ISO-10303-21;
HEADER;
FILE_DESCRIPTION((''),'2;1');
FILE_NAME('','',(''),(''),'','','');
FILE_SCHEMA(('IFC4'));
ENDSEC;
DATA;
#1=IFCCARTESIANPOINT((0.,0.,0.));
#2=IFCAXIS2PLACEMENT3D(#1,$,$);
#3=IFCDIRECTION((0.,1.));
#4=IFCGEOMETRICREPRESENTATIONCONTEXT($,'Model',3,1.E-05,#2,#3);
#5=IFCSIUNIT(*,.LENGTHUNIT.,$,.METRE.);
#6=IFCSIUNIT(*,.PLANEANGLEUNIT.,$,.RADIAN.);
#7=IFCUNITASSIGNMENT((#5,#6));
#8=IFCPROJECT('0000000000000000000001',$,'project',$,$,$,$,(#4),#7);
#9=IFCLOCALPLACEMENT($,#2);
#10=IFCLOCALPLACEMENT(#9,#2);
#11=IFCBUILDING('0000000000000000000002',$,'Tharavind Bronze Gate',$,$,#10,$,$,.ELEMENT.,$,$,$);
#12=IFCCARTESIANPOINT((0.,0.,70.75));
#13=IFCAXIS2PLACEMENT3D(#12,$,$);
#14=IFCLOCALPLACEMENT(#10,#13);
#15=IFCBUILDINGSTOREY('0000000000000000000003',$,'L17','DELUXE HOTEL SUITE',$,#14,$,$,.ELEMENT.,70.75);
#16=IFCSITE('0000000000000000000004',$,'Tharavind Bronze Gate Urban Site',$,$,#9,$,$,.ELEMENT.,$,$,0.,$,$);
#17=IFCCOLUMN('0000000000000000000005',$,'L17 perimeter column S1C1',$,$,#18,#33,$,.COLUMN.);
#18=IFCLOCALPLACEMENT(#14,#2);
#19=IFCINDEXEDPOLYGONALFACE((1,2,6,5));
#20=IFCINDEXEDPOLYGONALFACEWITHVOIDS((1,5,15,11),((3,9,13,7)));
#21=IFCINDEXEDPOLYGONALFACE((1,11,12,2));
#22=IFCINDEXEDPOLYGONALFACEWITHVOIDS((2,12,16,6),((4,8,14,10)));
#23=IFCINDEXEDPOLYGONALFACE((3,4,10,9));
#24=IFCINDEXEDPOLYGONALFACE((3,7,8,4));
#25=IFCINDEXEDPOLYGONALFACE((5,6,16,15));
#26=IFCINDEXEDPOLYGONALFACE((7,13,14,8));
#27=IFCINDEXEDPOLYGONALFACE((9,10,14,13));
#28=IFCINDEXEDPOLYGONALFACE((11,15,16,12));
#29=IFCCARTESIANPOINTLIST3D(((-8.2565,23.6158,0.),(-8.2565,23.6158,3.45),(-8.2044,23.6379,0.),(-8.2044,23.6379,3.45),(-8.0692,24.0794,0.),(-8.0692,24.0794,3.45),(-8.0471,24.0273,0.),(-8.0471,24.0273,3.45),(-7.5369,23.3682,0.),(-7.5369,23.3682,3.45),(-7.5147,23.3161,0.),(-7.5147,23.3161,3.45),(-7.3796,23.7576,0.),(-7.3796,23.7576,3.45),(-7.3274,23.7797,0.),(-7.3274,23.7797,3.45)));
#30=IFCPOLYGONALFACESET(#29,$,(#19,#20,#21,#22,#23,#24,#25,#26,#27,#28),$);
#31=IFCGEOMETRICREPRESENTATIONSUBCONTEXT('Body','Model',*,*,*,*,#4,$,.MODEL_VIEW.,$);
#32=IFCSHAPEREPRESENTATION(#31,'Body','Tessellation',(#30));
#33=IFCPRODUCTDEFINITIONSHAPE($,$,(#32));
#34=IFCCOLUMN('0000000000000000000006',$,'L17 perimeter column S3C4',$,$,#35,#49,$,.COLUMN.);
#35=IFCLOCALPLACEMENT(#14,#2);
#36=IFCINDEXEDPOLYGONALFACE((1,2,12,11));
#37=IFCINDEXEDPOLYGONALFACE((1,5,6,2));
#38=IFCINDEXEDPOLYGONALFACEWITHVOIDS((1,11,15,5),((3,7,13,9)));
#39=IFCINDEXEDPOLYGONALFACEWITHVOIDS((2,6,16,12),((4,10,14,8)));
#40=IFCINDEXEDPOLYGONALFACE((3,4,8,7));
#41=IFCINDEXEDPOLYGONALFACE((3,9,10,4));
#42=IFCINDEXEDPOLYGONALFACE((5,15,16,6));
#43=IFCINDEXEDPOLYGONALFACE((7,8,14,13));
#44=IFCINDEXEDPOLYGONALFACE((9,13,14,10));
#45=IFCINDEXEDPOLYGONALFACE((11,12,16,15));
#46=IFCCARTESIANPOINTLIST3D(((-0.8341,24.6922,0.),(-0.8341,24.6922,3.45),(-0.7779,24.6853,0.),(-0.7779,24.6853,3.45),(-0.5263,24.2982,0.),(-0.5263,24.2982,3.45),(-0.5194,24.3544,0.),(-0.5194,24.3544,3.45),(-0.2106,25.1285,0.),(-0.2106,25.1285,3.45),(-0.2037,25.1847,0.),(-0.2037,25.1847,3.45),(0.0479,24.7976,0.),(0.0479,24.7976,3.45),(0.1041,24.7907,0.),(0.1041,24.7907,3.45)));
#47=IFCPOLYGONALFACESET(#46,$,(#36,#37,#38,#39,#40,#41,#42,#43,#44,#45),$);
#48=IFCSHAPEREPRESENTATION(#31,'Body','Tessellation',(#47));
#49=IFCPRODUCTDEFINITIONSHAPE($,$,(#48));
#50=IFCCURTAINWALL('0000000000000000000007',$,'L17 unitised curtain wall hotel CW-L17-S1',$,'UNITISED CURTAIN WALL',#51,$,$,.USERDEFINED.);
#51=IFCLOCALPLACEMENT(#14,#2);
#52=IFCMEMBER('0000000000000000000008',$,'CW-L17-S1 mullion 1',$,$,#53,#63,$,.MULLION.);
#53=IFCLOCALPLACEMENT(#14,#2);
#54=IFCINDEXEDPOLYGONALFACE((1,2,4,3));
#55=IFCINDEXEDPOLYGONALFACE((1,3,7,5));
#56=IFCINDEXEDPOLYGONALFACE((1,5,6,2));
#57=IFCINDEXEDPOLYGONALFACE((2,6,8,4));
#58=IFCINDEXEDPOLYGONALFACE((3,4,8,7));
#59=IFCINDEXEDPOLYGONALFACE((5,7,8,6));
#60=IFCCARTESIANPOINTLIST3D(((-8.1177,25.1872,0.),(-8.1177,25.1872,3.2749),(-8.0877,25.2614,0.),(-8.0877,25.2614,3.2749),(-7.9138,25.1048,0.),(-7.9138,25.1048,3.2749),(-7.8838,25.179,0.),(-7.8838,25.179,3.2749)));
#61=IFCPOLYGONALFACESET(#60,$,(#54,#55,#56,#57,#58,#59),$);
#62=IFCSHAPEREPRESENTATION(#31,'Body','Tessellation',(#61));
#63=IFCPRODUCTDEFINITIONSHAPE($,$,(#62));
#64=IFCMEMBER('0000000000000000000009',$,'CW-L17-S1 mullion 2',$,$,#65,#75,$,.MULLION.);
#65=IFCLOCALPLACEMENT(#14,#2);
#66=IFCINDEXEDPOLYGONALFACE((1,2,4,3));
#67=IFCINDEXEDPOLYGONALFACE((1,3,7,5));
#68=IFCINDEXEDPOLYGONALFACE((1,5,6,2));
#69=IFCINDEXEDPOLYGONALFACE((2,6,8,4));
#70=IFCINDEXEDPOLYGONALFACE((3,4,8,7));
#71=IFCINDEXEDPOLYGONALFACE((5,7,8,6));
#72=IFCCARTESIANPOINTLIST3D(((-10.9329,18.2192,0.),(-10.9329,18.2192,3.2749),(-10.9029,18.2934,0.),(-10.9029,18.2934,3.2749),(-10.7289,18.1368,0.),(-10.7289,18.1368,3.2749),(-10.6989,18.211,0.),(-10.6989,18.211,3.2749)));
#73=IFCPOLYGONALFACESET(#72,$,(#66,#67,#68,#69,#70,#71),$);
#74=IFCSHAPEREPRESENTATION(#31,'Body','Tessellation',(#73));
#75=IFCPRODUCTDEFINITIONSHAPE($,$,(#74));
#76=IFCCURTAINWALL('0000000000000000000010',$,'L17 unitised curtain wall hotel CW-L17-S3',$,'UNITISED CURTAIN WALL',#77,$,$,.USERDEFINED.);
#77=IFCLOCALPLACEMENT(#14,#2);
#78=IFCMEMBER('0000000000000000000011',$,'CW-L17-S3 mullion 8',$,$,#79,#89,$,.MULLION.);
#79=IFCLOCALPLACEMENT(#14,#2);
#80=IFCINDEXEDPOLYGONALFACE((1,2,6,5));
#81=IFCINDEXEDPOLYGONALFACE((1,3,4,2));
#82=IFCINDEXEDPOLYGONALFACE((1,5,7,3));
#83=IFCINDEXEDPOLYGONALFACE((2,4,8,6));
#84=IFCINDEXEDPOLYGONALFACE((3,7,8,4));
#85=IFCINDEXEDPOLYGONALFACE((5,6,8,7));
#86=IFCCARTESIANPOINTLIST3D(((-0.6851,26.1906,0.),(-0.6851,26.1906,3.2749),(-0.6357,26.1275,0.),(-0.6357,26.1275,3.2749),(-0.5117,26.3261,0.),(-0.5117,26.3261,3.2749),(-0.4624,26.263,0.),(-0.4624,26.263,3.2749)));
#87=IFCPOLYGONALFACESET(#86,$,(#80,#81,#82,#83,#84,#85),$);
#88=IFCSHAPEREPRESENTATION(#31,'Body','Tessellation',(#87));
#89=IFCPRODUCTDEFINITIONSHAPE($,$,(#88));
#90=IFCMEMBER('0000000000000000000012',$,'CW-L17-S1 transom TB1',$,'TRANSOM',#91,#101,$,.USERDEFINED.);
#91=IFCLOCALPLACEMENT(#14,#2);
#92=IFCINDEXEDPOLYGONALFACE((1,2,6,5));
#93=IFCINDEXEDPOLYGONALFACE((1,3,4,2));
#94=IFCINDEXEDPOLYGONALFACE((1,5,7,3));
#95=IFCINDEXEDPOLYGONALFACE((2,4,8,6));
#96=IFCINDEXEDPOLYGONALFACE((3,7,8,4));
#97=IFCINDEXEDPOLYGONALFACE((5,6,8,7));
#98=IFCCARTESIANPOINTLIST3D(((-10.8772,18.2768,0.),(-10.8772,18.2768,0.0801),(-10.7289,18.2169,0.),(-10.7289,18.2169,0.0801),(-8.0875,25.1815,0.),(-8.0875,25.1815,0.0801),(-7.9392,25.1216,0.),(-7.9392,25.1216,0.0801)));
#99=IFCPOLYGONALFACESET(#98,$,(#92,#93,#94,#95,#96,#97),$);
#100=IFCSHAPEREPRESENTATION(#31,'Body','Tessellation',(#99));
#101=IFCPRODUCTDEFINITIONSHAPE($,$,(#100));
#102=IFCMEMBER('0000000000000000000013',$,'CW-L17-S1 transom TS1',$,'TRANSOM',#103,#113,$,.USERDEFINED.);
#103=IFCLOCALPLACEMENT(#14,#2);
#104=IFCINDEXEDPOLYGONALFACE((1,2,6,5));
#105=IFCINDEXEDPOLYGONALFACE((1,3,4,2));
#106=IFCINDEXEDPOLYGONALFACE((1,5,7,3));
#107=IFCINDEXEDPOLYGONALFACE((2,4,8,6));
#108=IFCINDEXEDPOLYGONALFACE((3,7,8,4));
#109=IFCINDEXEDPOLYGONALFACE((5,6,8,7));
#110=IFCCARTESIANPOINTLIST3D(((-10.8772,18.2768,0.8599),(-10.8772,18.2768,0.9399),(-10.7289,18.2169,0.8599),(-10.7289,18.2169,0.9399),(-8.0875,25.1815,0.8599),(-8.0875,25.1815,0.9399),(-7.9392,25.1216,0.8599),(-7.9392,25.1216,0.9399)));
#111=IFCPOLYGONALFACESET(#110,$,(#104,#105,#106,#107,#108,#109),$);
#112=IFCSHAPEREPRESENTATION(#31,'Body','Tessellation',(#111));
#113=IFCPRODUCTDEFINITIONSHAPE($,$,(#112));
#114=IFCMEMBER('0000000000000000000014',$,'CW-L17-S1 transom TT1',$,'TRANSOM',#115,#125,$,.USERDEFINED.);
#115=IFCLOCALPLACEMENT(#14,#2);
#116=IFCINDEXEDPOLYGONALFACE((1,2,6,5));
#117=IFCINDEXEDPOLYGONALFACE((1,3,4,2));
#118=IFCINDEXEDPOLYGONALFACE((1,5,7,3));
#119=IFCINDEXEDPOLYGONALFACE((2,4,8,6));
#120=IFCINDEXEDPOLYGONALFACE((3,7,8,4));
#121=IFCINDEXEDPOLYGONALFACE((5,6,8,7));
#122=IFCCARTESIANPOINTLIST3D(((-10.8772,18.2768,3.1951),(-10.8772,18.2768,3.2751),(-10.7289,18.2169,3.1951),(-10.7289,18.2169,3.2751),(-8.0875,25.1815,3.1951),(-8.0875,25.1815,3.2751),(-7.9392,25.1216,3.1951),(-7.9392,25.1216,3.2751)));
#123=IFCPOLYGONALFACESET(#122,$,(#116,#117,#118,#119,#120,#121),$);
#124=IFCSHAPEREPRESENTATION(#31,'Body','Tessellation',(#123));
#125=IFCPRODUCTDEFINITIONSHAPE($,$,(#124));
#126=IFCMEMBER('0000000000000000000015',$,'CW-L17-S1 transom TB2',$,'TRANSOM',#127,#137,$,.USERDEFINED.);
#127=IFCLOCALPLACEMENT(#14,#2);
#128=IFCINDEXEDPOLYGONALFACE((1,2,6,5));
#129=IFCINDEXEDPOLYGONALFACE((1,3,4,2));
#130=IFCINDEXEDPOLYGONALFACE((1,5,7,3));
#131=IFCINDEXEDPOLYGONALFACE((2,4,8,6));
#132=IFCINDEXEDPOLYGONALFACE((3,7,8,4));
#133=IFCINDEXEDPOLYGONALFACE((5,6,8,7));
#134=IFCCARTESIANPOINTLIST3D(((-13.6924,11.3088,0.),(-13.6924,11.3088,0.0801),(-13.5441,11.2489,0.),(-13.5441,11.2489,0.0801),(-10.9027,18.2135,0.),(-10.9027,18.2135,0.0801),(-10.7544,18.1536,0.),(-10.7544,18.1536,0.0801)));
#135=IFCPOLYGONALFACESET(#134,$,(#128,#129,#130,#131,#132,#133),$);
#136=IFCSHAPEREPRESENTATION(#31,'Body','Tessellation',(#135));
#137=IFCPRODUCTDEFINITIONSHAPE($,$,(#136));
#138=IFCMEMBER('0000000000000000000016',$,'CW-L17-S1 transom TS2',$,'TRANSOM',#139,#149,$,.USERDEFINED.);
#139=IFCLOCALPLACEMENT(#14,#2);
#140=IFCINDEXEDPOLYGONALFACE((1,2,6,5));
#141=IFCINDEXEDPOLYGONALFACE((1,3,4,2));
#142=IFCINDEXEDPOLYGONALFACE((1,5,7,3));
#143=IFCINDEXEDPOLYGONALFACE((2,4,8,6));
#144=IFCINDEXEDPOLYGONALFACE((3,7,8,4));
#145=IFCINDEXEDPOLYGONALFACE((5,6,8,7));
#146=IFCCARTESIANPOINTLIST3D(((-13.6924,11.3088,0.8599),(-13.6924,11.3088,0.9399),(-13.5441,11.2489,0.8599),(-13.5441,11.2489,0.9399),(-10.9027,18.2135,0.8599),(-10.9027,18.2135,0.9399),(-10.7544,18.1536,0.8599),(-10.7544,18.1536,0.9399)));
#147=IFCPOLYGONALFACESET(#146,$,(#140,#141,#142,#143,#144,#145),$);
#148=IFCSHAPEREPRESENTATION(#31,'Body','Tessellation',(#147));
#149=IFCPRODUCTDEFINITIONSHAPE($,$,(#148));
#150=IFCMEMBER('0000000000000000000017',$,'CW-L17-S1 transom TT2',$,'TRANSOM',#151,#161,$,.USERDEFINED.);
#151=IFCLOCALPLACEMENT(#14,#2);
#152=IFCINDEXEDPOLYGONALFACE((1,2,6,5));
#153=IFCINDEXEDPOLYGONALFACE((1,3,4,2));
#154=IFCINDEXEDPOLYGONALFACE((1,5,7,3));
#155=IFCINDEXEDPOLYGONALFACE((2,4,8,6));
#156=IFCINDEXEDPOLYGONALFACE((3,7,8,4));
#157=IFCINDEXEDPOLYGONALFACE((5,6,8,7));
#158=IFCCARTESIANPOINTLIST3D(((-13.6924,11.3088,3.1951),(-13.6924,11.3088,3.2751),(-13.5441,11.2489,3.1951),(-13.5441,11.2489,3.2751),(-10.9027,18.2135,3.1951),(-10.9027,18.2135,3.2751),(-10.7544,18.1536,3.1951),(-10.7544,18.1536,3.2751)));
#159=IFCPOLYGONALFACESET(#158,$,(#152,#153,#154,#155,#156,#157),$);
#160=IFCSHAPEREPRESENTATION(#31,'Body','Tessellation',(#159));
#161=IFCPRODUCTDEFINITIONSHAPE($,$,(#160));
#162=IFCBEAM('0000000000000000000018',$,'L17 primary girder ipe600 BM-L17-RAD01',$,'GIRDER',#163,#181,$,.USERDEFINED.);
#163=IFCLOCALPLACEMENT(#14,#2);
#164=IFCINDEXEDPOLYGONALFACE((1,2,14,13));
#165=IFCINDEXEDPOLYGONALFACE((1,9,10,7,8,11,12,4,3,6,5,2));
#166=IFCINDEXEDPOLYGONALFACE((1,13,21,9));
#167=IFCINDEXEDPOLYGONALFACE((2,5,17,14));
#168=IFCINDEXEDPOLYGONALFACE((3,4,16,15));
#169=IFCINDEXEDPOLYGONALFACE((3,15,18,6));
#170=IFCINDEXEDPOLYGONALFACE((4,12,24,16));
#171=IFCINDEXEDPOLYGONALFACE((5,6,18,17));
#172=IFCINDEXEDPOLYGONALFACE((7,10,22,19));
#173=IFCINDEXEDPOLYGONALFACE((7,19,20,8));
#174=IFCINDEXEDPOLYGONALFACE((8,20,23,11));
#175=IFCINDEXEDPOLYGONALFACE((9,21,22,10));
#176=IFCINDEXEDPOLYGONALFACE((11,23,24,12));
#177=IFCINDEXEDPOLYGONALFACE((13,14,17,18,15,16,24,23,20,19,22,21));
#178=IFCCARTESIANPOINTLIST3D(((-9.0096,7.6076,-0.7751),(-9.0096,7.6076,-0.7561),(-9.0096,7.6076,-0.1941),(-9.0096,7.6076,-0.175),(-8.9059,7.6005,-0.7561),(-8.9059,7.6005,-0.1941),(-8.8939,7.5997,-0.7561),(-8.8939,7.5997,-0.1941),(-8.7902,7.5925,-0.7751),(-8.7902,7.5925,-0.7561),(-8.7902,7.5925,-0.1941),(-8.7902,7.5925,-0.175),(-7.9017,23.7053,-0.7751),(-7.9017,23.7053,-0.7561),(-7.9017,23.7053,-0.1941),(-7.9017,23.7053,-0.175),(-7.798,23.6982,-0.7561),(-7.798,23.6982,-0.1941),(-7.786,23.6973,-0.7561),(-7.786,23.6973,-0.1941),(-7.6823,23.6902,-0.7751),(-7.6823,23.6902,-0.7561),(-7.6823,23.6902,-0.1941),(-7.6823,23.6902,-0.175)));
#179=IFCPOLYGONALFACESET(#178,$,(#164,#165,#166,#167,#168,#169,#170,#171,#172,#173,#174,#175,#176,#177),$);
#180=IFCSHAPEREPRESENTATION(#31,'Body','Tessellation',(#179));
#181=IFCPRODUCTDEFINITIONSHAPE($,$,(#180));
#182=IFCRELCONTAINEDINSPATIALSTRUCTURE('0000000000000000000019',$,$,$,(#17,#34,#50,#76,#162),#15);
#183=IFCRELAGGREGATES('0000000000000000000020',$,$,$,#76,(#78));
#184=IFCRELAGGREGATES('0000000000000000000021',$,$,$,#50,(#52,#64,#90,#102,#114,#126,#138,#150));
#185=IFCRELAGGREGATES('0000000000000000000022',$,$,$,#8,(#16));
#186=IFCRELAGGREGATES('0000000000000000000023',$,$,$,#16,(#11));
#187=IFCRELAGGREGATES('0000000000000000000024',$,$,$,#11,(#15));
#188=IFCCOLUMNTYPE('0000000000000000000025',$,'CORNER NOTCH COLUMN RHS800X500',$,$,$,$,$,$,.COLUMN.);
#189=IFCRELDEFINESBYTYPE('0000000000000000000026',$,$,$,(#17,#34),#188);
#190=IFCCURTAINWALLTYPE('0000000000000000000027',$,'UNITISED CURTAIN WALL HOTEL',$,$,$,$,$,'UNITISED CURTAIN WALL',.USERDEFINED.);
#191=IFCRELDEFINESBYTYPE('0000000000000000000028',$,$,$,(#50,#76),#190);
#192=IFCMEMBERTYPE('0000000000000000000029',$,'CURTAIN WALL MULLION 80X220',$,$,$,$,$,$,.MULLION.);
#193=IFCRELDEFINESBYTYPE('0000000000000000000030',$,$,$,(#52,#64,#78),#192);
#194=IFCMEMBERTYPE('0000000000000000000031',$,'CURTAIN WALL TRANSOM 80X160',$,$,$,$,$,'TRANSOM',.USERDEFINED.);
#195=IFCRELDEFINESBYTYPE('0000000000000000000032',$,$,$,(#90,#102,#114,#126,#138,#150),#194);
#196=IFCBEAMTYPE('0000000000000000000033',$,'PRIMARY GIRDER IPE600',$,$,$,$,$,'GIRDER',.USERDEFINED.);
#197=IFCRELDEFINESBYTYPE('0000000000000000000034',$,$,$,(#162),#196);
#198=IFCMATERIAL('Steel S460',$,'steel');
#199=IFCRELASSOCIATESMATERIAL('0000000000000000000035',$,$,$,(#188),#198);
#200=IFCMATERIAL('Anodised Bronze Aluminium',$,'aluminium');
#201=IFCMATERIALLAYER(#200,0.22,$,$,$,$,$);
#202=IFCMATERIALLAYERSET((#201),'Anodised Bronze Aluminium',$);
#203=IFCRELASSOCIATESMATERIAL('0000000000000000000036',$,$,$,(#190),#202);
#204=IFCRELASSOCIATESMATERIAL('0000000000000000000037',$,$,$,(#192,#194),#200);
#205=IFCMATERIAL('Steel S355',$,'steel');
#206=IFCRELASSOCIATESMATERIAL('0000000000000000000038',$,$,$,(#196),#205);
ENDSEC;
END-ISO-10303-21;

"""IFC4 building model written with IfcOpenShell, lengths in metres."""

from ifc_helpers import new_model, si_unit, direction, frame, origin, origin_2d, place, context, subcontext, project, spatial, rectangle, hollow_rectangle, i_section, extrude, material, layer, layer_set, material_profile, profile_set, type_object, element, aggregate, save


model = new_model("IFC4")

# Units and contexts
model_context = context("Model", 3, precision=1e-05, world=origin(), true_north=direction((0.0, 1.0)))
body_context = subcontext(model_context, "Body", "Model", "MODEL_VIEW")
ifc_project = project(units=[si_unit("LENGTHUNIT", "METRE"), si_unit("PLANEANGLEUNIT", "RADIAN")], contexts=[model_context])

# Site, building, storey
site_placement = place(None, origin())
site = spatial("IfcSite", under=ifc_project, at=site_placement, Name="Tharavind Bronze Gate Urban Site", CompositionType="ELEMENT", RefElevation=0.0)
building_placement = place(site_placement, origin())
building = spatial("IfcBuilding", under=site, at=building_placement, Name="Tharavind Bronze Gate", CompositionType="ELEMENT")
storey_placement = place(building_placement, frame((0.0, 0.0, 70.75)))
storey = spatial("IfcBuildingStorey", under=building, at=storey_placement, Name="L17", Description="DELUXE HOTEL SUITE", CompositionType="ELEMENT", Elevation=70.75)

# Columns
ifc_material_1 = material(Name="Steel S460", Category="steel")
ifc_material_profile_1 = material_profile(ifc_material_1, hollow_rectangle(XDim=0.5, YDim=0.8, WallThickness=0.04, at=origin_2d()), Name="RHS800X500X40")
ifc_profile_set_1 = profile_set([ifc_material_profile_1], Name="Steel S460")
column_type = type_object("IfcColumnType", Name="CORNER NOTCH COLUMN RHS800X500", PredefinedType="COLUMN", material=ifc_profile_set_1)
for number, where, z_axis, x_axis, name in (
    (1, (-7.792, 23.6978, 0.0), (0.0, 0.0, 1.0), (0.374608, 0.927183, 0.0), "L17 perimeter column S1C1"),
    (2, (-0.365, 24.7415, 0.0), (0.0, 0.0, 1.0), (-0.615661, 0.788011, 0.0), "L17 perimeter column S3C4"),
):
    element("IfcColumn", number, at=place(storey_placement, frame(where, z_axis=z_axis, x_axis=x_axis)), inside=storey, type_object=column_type, Name=name, PredefinedType="COLUMN", context=body_context, shape_type="SweptSolid", body=[
        extrude(hollow_rectangle(XDim=0.5, YDim=0.8, WallThickness=0.04, at=origin_2d()), origin(), (0.0, 0.0, 1.0), 3.45),
    ])

# Curtain wall, members
ifc_material_2 = material(Name="Anodised Bronze Aluminium", Category="aluminium")
ifc_layer_1 = layer(ifc_material_2, 0.22)
ifc_layer_set_1 = layer_set([ifc_layer_1], Name="Anodised Bronze Aluminium")
curtain_wall_type = type_object("IfcCurtainWallType", Name="UNITISED CURTAIN WALL HOTEL", ElementType="UNITISED CURTAIN WALL", PredefinedType="USERDEFINED", material=ifc_layer_set_1)
curtain_wall_1_placement = place(storey_placement, origin())
curtain_wall_1 = element("IfcCurtainWall", 3, at=curtain_wall_1_placement, inside=storey, type_object=curtain_wall_type, Name="L17 unitised curtain wall hotel CW-L17-S1", ObjectType="UNITISED CURTAIN WALL", PredefinedType="USERDEFINED")
member_type_1 = type_object("IfcMemberType", Name="CURTAIN WALL MULLION 80X220", PredefinedType="MULLION", material=ifc_material_2)
member_1_placement = place(storey_placement, frame((-8.0007, 25.1831, 0.0), z_axis=(0.0, 0.0, 1.0), x_axis=(-0.374607, -0.927184, 0.0)))
member_1 = element("IfcMember", 4, at=member_1_placement, type_object=member_type_1, Name="CW-L17-S1 mullion 1", PredefinedType="MULLION", context=body_context, shape_type="SweptSolid", body=[
    extrude(rectangle(XDim=0.0801, YDim=0.22, at=origin_2d()), origin(), (0.0, 0.0, 1.0), 3.2749),
])
member_2_placement = place(storey_placement, frame((-10.8159, 18.2151, 0.0), z_axis=(0.0, 0.0, 1.0), x_axis=(-0.374607, -0.927184, 0.0)))
member_2 = element("IfcMember", 5, at=member_2_placement, type_object=member_type_1, Name="CW-L17-S1 mullion 2", PredefinedType="MULLION", context=body_context, shape_type="SweptSolid", body=[
    extrude(rectangle(XDim=0.0801, YDim=0.22, at=origin_2d()), origin(), (0.0, 0.0, 1.0), 3.2749),
])

# Curtain wall, member
curtain_wall_2_placement = place(storey_placement, origin())
curtain_wall_2 = element("IfcCurtainWall", 6, at=curtain_wall_2_placement, inside=storey, type_object=curtain_wall_type, Name="L17 unitised curtain wall hotel CW-L17-S3", ObjectType="UNITISED CURTAIN WALL", PredefinedType="USERDEFINED")
member_3_placement = place(storey_placement, frame((-0.5737, 26.2268, 0.0), z_axis=(0.0, 0.0, 1.0), x_axis=(-0.615661, 0.788011, 0.0)))
member_3 = element("IfcMember", 7, at=member_3_placement, type_object=member_type_1, Name="CW-L17-S3 mullion 8", PredefinedType="MULLION", context=body_context, shape_type="SweptSolid", body=[
    extrude(rectangle(XDim=0.0801, YDim=0.22, at=origin_2d()), origin(), (0.0, 0.0, 1.0), 3.2749),
])
aggregate(curtain_wall_2, [member_3])

# Members
member_type_2 = type_object("IfcMemberType", Name="CURTAIN WALL TRANSOM 80X160", ElementType="TRANSOM", PredefinedType="USERDEFINED", material=ifc_material_2)
member_4_placement = place(storey_placement, frame((-9.4082, 21.6992, 0.0), z_axis=(0.0, 0.0, 1.0), x_axis=(-0.374607, -0.927184, 0.0)))
member_4 = element("IfcMember", 8, at=member_4_placement, type_object=member_type_2, Name="CW-L17-S1 transom TB1", ObjectType="TRANSOM", PredefinedType="USERDEFINED", context=body_context, shape_type="SweptSolid", body=[
    extrude(rectangle(XDim=7.447, YDim=0.1599, at=origin_2d()), origin(), (0.0, 0.0, 1.0), 0.0801),
])
member_5_placement = place(storey_placement, frame((-9.4082, 21.6992, 0.8599), z_axis=(0.0, 0.0, 1.0), x_axis=(-0.374607, -0.927184, 0.0)))
member_5 = element("IfcMember", 9, at=member_5_placement, type_object=member_type_2, Name="CW-L17-S1 transom TS1", ObjectType="TRANSOM", PredefinedType="USERDEFINED", context=body_context, shape_type="SweptSolid", body=[
    extrude(rectangle(XDim=7.447, YDim=0.1599, at=origin_2d()), origin(), (0.0, 0.0, 1.0), 0.0801),
])
member_6_placement = place(storey_placement, frame((-9.4082, 21.6992, 3.1951), z_axis=(0.0, 0.0, 1.0), x_axis=(-0.374607, -0.927184, 0.0)))
member_6 = element("IfcMember", 10, at=member_6_placement, type_object=member_type_2, Name="CW-L17-S1 transom TT1", ObjectType="TRANSOM", PredefinedType="USERDEFINED", context=body_context, shape_type="SweptSolid", body=[
    extrude(rectangle(XDim=7.447, YDim=0.1599, at=origin_2d()), origin(), (0.0, 0.0, 1.0), 0.0801),
])
member_7_placement = place(storey_placement, frame((-12.2234, 14.7312, 0.0), z_axis=(0.0, 0.0, 1.0), x_axis=(-0.374607, -0.927184, 0.0)))
member_7 = element("IfcMember", 11, at=member_7_placement, type_object=member_type_2, Name="CW-L17-S1 transom TB2", ObjectType="TRANSOM", PredefinedType="USERDEFINED", context=body_context, shape_type="SweptSolid", body=[
    extrude(rectangle(XDim=7.447, YDim=0.1599, at=origin_2d()), origin(), (0.0, 0.0, 1.0), 0.0801),
])
member_8_placement = place(storey_placement, frame((-12.2234, 14.7312, 0.8599), z_axis=(0.0, 0.0, 1.0), x_axis=(-0.374607, -0.927184, 0.0)))
member_8 = element("IfcMember", 12, at=member_8_placement, type_object=member_type_2, Name="CW-L17-S1 transom TS2", ObjectType="TRANSOM", PredefinedType="USERDEFINED", context=body_context, shape_type="SweptSolid", body=[
    extrude(rectangle(XDim=7.447, YDim=0.1599, at=origin_2d()), origin(), (0.0, 0.0, 1.0), 0.0801),
])
member_9_placement = place(storey_placement, frame((-12.2234, 14.7312, 3.1951), z_axis=(0.0, 0.0, 1.0), x_axis=(-0.374607, -0.927184, 0.0)))
member_9 = element("IfcMember", 13, at=member_9_placement, type_object=member_type_2, Name="CW-L17-S1 transom TT2", ObjectType="TRANSOM", PredefinedType="USERDEFINED", context=body_context, shape_type="SweptSolid", body=[
    extrude(rectangle(XDim=7.447, YDim=0.1599, at=origin_2d()), origin(), (0.0, 0.0, 1.0), 0.0801),
])

# Beam
ifc_material_3 = material(Name="Steel S355", Category="steel")
ifc_material_profile_2 = material_profile(ifc_material_3, i_section(OverallWidth=0.22, OverallDepth=0.6001, WebThickness=0.012, FlangeThickness=0.019, at=origin_2d()), Name="IPE600")
ifc_profile_set_2 = profile_set([ifc_material_profile_2], Name="Steel S355")
beam_type_1 = type_object("IfcBeamType", Name="PRIMARY GIRDER IPE600", ElementType="GIRDER", PredefinedType="USERDEFINED", material=ifc_profile_set_2)
beam_1_placement = place(storey_placement, frame((-7.792, 23.6978, -0.4751), z_axis=(-0.068662, -0.99764, 0.0), x_axis=(0.99764, -0.068662, 0.0)))
element("IfcBeam", 14, at=beam_1_placement, inside=storey, type_object=beam_type_1, Name="L17 primary girder ipe600 BM-L17-RAD01", ObjectType="GIRDER", PredefinedType="USERDEFINED", context=body_context, shape_type="SweptSolid", body=[
    extrude(i_section(OverallWidth=0.22, OverallDepth=0.6001, WebThickness=0.012, FlangeThickness=0.019, at=origin_2d()), origin(), (0.0, 0.0, 1.0), 16.1357),
])

aggregate(curtain_wall_1, [member_1, member_2, member_4, member_5, member_6, member_7, member_8, member_9])

save(model, "model.ifc")
